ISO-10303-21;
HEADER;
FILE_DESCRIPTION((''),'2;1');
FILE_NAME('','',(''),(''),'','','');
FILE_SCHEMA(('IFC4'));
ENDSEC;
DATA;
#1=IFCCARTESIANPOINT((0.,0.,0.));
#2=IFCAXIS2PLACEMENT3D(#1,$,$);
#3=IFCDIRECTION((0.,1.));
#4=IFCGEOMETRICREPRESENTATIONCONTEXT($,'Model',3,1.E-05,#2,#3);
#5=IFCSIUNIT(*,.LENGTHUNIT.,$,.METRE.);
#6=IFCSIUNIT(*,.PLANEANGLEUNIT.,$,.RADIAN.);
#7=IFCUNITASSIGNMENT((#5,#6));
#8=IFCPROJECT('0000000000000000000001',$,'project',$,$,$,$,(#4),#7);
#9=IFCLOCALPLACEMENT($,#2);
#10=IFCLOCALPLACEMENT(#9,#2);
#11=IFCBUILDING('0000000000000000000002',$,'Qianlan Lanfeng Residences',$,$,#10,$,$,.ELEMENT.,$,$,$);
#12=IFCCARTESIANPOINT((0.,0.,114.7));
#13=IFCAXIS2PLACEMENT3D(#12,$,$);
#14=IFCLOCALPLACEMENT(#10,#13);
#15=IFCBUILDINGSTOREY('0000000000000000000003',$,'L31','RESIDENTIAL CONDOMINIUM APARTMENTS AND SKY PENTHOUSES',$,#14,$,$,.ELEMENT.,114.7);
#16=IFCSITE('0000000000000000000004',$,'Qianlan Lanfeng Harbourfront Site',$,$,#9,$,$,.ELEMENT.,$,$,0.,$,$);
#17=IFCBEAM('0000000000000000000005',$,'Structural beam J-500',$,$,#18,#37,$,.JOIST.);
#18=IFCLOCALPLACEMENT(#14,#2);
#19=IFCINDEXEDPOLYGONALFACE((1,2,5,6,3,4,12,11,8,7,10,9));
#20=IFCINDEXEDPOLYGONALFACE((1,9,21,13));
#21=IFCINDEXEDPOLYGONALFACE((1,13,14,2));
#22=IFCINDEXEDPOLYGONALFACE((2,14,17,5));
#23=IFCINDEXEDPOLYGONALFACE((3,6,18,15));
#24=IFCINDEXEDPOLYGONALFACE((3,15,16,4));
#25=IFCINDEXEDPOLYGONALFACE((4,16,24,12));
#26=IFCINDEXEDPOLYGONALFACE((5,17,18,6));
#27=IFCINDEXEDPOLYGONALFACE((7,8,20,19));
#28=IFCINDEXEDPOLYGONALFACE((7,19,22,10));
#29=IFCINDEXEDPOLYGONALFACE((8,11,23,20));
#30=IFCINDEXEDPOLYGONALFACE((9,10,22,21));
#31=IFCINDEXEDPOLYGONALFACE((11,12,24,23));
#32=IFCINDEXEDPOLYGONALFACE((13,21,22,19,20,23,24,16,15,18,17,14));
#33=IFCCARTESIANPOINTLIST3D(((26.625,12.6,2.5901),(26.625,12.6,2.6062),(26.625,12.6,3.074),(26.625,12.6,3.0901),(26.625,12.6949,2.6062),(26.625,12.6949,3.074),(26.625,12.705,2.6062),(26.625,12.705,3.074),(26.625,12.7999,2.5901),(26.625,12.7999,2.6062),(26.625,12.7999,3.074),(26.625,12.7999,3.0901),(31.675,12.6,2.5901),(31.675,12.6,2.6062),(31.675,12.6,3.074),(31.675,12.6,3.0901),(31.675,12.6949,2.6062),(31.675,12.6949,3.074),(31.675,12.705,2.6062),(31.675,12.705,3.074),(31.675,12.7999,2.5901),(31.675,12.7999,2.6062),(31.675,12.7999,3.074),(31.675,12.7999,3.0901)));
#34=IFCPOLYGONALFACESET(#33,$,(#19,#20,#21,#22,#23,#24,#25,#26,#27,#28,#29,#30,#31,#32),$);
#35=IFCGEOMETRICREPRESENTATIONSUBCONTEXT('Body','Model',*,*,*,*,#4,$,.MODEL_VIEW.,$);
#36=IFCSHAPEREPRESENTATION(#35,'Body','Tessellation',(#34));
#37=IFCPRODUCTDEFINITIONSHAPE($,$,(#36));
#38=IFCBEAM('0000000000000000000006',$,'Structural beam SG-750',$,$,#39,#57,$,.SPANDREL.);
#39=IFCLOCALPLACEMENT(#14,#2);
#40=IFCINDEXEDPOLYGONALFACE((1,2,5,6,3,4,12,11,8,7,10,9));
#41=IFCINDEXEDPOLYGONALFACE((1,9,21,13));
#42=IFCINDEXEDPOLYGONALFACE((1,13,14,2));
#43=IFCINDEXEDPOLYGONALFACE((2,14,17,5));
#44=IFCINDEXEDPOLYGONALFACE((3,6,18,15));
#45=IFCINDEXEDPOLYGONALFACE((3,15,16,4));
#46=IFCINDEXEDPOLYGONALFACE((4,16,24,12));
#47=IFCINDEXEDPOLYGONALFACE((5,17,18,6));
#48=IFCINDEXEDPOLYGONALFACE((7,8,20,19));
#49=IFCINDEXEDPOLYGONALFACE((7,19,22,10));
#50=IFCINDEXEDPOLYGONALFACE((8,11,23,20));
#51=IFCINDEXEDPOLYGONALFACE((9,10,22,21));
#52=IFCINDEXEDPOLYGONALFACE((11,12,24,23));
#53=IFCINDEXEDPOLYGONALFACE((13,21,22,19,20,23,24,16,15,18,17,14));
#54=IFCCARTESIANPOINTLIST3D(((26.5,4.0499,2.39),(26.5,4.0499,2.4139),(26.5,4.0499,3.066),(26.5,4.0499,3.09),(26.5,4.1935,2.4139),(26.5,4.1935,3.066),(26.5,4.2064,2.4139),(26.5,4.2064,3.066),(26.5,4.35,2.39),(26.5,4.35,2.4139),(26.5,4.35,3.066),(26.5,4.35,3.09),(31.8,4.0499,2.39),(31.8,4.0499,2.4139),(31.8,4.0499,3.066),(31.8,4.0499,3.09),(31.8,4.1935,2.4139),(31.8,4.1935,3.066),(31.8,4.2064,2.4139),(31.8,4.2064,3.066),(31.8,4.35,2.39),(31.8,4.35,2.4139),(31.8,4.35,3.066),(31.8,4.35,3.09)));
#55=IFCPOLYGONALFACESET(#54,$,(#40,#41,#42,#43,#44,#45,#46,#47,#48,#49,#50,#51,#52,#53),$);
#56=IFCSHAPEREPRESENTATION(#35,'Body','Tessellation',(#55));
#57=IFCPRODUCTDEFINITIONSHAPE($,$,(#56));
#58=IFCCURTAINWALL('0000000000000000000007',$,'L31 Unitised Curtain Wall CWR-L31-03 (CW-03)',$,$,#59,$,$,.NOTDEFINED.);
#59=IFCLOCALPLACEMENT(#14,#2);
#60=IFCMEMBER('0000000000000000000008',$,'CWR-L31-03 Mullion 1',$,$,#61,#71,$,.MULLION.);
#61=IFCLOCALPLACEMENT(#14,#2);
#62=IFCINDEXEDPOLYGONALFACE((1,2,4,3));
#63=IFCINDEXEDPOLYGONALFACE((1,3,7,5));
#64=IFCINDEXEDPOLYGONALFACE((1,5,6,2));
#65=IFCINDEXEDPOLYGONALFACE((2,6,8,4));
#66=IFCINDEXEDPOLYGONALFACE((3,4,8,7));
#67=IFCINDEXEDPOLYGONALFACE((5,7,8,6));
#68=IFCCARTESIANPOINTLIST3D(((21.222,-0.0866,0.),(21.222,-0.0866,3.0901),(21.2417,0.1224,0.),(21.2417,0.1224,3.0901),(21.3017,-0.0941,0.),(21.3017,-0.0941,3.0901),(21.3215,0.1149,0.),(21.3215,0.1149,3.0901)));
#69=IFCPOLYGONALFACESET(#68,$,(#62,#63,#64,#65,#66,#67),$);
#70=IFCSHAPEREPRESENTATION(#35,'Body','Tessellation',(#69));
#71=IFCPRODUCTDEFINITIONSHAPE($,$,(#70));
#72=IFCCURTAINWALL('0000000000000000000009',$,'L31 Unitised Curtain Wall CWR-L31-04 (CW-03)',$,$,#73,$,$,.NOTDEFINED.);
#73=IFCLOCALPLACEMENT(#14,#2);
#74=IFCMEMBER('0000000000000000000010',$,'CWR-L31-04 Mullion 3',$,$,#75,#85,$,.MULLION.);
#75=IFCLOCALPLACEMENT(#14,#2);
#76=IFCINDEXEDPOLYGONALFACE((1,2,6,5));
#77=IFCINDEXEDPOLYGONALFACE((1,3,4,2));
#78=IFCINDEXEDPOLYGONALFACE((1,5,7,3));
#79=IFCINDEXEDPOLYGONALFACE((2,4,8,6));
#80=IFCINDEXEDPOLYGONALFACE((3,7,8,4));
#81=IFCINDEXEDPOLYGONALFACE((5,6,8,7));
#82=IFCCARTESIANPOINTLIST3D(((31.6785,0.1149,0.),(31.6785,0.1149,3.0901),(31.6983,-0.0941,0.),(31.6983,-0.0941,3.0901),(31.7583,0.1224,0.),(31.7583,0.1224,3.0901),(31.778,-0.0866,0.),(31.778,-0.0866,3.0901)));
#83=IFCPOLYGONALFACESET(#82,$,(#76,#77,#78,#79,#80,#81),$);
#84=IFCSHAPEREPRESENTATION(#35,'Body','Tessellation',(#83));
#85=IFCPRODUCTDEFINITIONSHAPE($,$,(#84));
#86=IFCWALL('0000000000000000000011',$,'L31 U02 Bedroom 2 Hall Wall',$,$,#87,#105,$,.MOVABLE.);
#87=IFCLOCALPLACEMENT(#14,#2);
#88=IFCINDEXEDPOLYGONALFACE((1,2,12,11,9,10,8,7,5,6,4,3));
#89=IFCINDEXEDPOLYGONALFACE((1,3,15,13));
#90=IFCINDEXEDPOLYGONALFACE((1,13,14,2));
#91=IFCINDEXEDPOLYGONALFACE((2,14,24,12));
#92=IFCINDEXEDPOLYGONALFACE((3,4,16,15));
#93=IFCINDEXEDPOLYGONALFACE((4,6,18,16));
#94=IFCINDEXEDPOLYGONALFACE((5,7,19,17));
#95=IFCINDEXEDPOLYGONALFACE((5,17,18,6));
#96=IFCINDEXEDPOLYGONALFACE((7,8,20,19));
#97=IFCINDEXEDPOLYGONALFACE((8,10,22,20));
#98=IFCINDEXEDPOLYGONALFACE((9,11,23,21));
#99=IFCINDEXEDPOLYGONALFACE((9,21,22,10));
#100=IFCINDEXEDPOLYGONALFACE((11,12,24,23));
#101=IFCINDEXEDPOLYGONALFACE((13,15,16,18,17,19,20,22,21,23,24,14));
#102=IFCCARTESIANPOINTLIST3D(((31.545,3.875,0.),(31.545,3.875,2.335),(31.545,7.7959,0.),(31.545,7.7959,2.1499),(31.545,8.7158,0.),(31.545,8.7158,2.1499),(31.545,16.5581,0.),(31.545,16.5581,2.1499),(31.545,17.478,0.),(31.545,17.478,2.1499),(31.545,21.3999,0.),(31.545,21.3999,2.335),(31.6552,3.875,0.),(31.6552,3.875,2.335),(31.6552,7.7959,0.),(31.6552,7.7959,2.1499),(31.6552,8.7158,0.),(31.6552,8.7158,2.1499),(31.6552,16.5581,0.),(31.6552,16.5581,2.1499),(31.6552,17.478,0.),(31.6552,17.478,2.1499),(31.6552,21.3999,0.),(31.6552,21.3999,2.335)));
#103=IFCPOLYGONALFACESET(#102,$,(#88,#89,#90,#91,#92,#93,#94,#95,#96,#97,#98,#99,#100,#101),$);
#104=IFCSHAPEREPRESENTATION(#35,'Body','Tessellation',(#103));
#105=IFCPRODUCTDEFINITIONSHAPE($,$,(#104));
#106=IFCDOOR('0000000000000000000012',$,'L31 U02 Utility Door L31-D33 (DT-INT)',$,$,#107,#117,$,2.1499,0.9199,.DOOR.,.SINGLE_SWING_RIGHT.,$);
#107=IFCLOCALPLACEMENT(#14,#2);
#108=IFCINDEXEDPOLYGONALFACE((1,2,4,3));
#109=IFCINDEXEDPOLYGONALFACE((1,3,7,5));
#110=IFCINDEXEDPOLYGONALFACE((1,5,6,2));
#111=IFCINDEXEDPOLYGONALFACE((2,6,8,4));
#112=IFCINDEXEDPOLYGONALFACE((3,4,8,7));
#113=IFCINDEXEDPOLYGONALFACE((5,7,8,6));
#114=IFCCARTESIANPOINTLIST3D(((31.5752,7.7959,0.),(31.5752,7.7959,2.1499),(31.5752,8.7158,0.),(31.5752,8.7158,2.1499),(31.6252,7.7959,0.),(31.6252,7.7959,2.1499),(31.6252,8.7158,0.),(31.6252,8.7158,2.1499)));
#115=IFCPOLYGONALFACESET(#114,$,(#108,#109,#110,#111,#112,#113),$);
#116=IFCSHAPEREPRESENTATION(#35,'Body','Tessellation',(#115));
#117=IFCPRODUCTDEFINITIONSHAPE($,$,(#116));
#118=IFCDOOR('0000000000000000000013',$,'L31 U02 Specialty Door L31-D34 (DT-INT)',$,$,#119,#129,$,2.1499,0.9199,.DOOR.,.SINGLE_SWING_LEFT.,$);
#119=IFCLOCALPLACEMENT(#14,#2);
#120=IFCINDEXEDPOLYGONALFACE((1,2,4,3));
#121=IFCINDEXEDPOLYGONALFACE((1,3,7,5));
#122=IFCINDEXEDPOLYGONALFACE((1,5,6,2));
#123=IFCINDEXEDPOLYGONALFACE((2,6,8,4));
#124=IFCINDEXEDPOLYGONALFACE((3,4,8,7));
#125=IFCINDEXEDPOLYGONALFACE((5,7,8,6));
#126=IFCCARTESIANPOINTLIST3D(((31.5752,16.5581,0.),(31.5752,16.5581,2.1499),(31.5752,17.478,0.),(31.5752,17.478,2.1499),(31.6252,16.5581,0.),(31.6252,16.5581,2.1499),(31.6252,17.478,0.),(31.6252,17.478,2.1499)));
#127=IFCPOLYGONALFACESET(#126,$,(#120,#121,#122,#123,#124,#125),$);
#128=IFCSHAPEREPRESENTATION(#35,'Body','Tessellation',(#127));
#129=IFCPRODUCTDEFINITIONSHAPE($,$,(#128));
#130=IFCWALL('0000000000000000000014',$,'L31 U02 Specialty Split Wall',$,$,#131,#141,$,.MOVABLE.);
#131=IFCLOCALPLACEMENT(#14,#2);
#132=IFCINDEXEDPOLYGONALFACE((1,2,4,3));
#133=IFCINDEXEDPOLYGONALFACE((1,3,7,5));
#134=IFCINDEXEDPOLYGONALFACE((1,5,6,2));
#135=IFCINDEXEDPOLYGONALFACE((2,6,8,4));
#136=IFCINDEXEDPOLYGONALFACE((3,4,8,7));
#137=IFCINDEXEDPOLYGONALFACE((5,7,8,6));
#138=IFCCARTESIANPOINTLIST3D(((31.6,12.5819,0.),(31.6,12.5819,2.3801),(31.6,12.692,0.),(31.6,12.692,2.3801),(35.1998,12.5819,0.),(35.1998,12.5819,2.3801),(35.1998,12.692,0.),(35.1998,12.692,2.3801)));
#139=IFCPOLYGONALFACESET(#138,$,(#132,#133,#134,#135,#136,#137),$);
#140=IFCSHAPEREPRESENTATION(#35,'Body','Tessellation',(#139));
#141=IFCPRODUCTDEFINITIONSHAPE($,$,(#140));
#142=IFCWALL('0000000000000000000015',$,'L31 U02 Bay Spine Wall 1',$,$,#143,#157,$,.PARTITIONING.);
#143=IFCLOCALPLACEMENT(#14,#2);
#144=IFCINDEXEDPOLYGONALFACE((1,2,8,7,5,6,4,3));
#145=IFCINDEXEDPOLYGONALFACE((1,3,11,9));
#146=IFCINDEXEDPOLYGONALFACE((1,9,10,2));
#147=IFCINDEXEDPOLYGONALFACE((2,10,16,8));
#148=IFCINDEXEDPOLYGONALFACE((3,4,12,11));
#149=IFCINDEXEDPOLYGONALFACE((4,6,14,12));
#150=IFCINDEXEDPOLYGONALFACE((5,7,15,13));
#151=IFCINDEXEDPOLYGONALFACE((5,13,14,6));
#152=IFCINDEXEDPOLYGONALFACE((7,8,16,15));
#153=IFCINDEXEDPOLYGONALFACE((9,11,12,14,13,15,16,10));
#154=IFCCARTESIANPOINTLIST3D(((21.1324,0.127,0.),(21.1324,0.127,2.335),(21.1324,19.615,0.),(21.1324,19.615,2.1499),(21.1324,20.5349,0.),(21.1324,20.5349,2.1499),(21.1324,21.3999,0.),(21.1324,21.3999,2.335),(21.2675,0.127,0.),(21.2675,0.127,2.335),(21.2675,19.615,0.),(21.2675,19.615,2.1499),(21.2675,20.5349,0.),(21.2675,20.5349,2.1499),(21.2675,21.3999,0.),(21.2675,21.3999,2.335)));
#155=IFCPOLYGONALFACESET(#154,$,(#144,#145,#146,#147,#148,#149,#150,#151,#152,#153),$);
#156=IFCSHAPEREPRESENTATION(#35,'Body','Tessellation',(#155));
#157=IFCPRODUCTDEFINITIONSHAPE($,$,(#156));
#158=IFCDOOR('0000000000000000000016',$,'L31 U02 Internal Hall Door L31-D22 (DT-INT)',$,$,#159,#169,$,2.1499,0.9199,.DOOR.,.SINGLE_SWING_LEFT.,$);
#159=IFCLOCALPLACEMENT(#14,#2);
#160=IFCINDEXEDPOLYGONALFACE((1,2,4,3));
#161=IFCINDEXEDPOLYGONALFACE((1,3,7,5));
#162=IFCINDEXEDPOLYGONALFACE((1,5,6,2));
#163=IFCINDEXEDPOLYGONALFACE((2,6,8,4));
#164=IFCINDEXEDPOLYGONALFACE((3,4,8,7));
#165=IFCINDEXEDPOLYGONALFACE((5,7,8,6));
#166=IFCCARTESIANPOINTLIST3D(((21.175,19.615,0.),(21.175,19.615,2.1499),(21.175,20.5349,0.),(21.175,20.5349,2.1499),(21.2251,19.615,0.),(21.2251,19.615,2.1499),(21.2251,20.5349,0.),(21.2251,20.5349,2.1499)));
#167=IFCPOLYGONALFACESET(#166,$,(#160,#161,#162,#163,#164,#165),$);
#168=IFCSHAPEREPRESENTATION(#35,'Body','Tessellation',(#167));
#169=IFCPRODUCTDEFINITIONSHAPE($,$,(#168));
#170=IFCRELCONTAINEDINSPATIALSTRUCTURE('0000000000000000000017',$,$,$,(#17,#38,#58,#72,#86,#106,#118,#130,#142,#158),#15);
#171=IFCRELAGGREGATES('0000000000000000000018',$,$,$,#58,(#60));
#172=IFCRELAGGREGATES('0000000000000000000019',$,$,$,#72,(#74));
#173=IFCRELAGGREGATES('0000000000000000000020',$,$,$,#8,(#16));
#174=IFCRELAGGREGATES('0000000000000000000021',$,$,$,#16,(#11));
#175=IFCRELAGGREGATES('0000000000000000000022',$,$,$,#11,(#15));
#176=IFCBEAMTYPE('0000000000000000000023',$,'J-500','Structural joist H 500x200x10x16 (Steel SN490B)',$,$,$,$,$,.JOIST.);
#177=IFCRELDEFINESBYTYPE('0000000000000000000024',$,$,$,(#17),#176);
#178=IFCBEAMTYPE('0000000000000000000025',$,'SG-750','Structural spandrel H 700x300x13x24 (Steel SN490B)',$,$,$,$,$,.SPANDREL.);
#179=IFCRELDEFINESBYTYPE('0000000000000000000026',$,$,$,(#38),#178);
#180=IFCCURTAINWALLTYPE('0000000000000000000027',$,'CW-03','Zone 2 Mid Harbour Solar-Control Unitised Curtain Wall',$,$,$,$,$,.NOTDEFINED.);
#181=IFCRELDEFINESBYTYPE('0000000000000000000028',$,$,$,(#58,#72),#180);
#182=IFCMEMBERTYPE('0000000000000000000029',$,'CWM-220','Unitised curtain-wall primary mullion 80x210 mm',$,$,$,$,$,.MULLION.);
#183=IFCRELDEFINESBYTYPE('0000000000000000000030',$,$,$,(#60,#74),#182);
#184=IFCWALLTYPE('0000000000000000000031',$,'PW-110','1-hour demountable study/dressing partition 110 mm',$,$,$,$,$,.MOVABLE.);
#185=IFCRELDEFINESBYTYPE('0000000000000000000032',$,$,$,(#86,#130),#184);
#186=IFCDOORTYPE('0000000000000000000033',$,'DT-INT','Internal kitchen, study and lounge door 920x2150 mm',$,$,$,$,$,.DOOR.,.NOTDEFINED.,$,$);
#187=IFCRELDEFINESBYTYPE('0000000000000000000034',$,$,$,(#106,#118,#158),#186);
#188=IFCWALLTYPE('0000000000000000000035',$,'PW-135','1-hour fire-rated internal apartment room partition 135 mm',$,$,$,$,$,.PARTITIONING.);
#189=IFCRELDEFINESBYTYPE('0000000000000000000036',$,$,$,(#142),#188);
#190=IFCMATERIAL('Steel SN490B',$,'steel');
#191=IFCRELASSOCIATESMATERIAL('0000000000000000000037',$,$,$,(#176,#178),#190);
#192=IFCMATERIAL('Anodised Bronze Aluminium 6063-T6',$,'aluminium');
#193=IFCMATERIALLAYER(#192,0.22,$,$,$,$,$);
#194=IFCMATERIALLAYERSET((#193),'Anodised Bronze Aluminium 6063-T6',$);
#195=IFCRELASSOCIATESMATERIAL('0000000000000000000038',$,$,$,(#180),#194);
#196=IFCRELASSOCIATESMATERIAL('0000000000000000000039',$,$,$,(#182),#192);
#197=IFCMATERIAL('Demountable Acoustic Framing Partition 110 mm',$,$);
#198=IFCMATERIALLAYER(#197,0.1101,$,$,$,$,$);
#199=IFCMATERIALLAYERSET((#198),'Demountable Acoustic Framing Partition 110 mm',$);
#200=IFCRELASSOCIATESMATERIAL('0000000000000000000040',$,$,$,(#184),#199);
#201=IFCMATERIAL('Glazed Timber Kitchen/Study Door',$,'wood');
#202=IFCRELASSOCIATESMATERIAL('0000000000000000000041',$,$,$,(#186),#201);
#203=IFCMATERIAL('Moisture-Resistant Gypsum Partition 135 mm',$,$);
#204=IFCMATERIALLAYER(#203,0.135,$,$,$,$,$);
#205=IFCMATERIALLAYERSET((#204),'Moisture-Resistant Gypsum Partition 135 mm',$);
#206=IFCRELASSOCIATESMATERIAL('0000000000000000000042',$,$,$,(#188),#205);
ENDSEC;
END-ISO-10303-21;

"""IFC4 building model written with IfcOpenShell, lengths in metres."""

from ifc_helpers import new_model, si_unit, direction, frame, frame_2d, origin, origin_2d, place, context, subcontext, project, spatial, rectangle, i_section, extrude, source, transform, mapped, material, layer, layer_set, material_profile, profile_set, type_object, element, fill, aggregate, save


model = new_model("IFC4")

# Units and contexts
model_context = context("Model", 3, precision=1e-05, world=origin(), true_north=direction((0.0, 1.0)))
body_context = subcontext(model_context, "Body", "Model", "MODEL_VIEW")
ifc_project = project(units=[si_unit("LENGTHUNIT", "METRE"), si_unit("PLANEANGLEUNIT", "RADIAN")], contexts=[model_context])

# Site, building, storey
site_placement = place(None, origin())
site = spatial("IfcSite", under=ifc_project, at=site_placement, Name="Qianlan Lanfeng Harbourfront Site", CompositionType="ELEMENT", RefElevation=0.0)
building_placement = place(site_placement, origin())
building = spatial("IfcBuilding", under=site, at=building_placement, Name="Qianlan Lanfeng Residences", CompositionType="ELEMENT")
storey_placement = place(building_placement, frame((0.0, 0.0, 114.7)))
storey = spatial("IfcBuildingStorey", under=building, at=storey_placement, Name="L31", Description="RESIDENTIAL CONDOMINIUM APARTMENTS AND SKY PENTHOUSES", CompositionType="ELEMENT", Elevation=114.7)

# Shared definitions
ifc_material_1 = material(Name="Steel SN490B", Category="steel")

# Beams
ifc_material_profile_1 = material_profile(ifc_material_1, i_section(OverallWidth=0.2, OverallDepth=0.5, WebThickness=0.01, FlangeThickness=0.0161, at=origin_2d()), Name="H 500x200x10x16")
ifc_profile_set_1 = profile_set([ifc_material_profile_1], Name="Steel SN490B")
beam_type_1 = type_object("IfcBeamType", Name="J-500", Description="Structural joist H 500x200x10x16 (Steel SN490B)", PredefinedType="JOIST", material=ifc_profile_set_1)
for number, where, z_axis, x_axis, name in (
    (1, (26.625, 12.7, 2.8401), (1.0, 0.0, 0.0), (0.0, 1.0, 0.0), "Structural beam J-500"),
):
    element("IfcBeam", number, at=place(storey_placement, frame(where, z_axis=z_axis, x_axis=x_axis)), inside=storey, type_object=beam_type_1, Name=name, PredefinedType="JOIST", context=body_context, shape_type="SweptSolid", body=[
        extrude(i_section(OverallWidth=0.2, OverallDepth=0.5, WebThickness=0.01, FlangeThickness=0.0161, at=origin_2d()), origin(), (0.0, 0.0, 1.0), 5.05),
    ])
ifc_material_profile_2 = material_profile(ifc_material_1, i_section(OverallWidth=0.3, OverallDepth=0.7, WebThickness=0.0129, FlangeThickness=0.0239, at=origin_2d()), Name="H 700x300x13x24")
ifc_profile_set_2 = profile_set([ifc_material_profile_2], Name="Steel SN490B")
beam_type_2 = type_object("IfcBeamType", Name="SG-750", Description="Structural spandrel H 700x300x13x24 (Steel SN490B)", PredefinedType="SPANDREL", material=ifc_profile_set_2)
beam_1_placement = place(storey_placement, frame((26.5, 4.2, 2.74), z_axis=(1.0, 0.0, 0.0), x_axis=(0.0, 1.0, 0.0)))
element("IfcBeam", 2, at=beam_1_placement, inside=storey, type_object=beam_type_2, Name="Structural beam SG-750", PredefinedType="SPANDREL", context=body_context, shape_type="SweptSolid", body=[
    extrude(i_section(OverallWidth=0.3, OverallDepth=0.7, WebThickness=0.0129, FlangeThickness=0.0239, at=origin_2d()), origin(), (0.0, 0.0, 1.0), 5.3),
])

# Curtain walls, members
ifc_material_2 = material(Name="Anodised Bronze Aluminium 6063-T6", Category="aluminium")
ifc_layer_1 = layer(ifc_material_2, 0.22)
ifc_layer_set_1 = layer_set([ifc_layer_1], Name="Anodised Bronze Aluminium 6063-T6")
curtain_wall_type = type_object("IfcCurtainWallType", Name="CW-03", Description="Zone 2 Mid Harbour Solar-Control Unitised Curtain Wall", PredefinedType="NOTDEFINED", material=ifc_layer_set_1)
curtain_wall_1_placement = place(storey_placement, origin())
curtain_wall_1 = element("IfcCurtainWall", 3, at=curtain_wall_1_placement, inside=storey, type_object=curtain_wall_type, Name="L31 Unitised Curtain Wall CWR-L31-03 (CW-03)", PredefinedType="NOTDEFINED")
ifc_material_profile_3 = material_profile(ifc_material_2, rectangle(XDim=0.0801, YDim=0.21, at=origin_2d()), Name="ALU MULLION 80x210")
ifc_profile_set_3 = profile_set([ifc_material_profile_3], Name="Anodised Bronze Aluminium 6063-T6")
member_type = type_object("IfcMemberType", Name="CWM-220", Description="Unitised curtain-wall primary mullion 80x210 mm", PredefinedType="MULLION", material=ifc_profile_set_3)
shared_shape = source(origin(), body_context, "Body", "SweptSolid", [
    extrude(rectangle(XDim=0.0801, YDim=0.21, at=origin_2d()), origin(), (0.0, 0.0, 1.0), 3.0901),
])
member_1_placement = place(storey_placement, frame((21.2717, 0.0142, 0.0), z_axis=(0.0, 0.0, 1.0), x_axis=(0.995561, -0.094114, 0.0)))
member_1 = element("IfcMember", 4, at=member_1_placement, type_object=member_type, Name="CWR-L31-03 Mullion 1", PredefinedType="MULLION", context=body_context, shape_type="MappedRepresentation", body=[
    mapped(shared_shape, transform((0.0, 0.0, 0.0), scale=1.0)),
])
aggregate(curtain_wall_1, [member_1])
curtain_wall_2_placement = place(storey_placement, origin())
curtain_wall_2 = element("IfcCurtainWall", 5, at=curtain_wall_2_placement, inside=storey, type_object=curtain_wall_type, Name="L31 Unitised Curtain Wall CWR-L31-04 (CW-03)", PredefinedType="NOTDEFINED")
member_2_placement = place(storey_placement, frame((31.7283, 0.0142, 0.0), z_axis=(0.0, 0.0, 1.0), x_axis=(0.995561, 0.094114, 0.0)))
member_2 = element("IfcMember", 6, at=member_2_placement, type_object=member_type, Name="CWR-L31-04 Mullion 3", PredefinedType="MULLION", context=body_context, shape_type="MappedRepresentation", body=[
    mapped(shared_shape, transform((0.0, 0.0, 0.0), scale=1.0)),
])
aggregate(curtain_wall_2, [member_2])

# Shared definitions
ifc_material_3 = material(Name="Demountable Acoustic Framing Partition 110 mm")
ifc_layer_2 = layer(ifc_material_3, 0.1101)
ifc_layer_set_2 = layer_set([ifc_layer_2], Name="Demountable Acoustic Framing Partition 110 mm")
wall_type_1 = type_object("IfcWallType", Name="PW-110", Description="1-hour demountable study/dressing partition 110 mm", PredefinedType="MOVABLE", material=ifc_layer_set_2)
ifc_material_4 = material(Name="Glazed Timber Kitchen/Study Door", Category="wood")
door_type_1 = type_object("IfcDoorType", Name="DT-INT", Description="Internal kitchen, study and lounge door 920x2150 mm", OperationType="NOTDEFINED", PredefinedType="DOOR", material=ifc_material_4)

# Wall, openings, doors
wall_1_placement = place(storey_placement, frame((31.6001, 3.875, 0.0), z_axis=(0.0, 0.0, 1.0), x_axis=(0.0, 1.0, 0.0)))
wall_1 = element("IfcWall", 7, at=wall_1_placement, inside=storey, type_object=wall_type_1, Name="L31 U02 Bedroom 2 Hall Wall", PredefinedType="MOVABLE", context=body_context, shape_type="SweptSolid", body=[
    extrude(rectangle(XDim=17.5249, YDim=0.1101, at=frame_2d((8.7625, 0.0))), origin(), (0.0, 0.0, 1.0), 2.335),
])
opening_1_placement = place(wall_1_placement, frame((3.9209, 0.0, 0.0)))
opening_1 = element("IfcOpeningElement", 8, at=opening_1_placement, cuts=wall_1, PredefinedType="OPENING", context=body_context, shape_type="SweptSolid", body=[
    extrude(rectangle(XDim=0.9199, YDim=2.1499, at=frame_2d((0.46, 1.075))), frame((0.0, 0.0649, 0.0), z_axis=(0.0, -1.0, 0.0), x_axis=(1.0, 0.0, 0.0)), (0.0, 0.0, 1.0), 0.1301),
])
opening_2_placement = place(wall_1_placement, frame((12.6831, 0.0, 0.0)))
opening_2 = element("IfcOpeningElement", 9, at=opening_2_placement, cuts=wall_1, PredefinedType="OPENING", context=body_context, shape_type="SweptSolid", body=[
    extrude(rectangle(XDim=0.9199, YDim=2.1499, at=frame_2d((0.46, 1.075))), frame((0.0, 0.0649, 0.0), z_axis=(0.0, -1.0, 0.0), x_axis=(1.0, 0.0, 0.0)), (0.0, 0.0, 1.0), 0.1301),
])
door_1_placement = place(opening_1_placement, origin())
door_1 = element("IfcDoor", 10, at=door_1_placement, inside=storey, type_object=door_type_1, Name="L31 U02 Utility Door L31-D33 (DT-INT)", OperationType="SINGLE_SWING_RIGHT", OverallHeight=2.1499, OverallWidth=0.9199, PredefinedType="DOOR", context=body_context, shape_type="SweptSolid", body=[
    extrude(rectangle(XDim=0.9199, YDim=2.1499, at=frame_2d((0.46, 1.075))), frame((0.0, 0.0249, 0.0), z_axis=(0.0, -1.0, 0.0), x_axis=(1.0, 0.0, 0.0)), (0.0, 0.0, 1.0), 0.05),
])
fill(opening_1, door_1)
door_2_placement = place(opening_2_placement, origin())
door_2 = element("IfcDoor", 11, at=door_2_placement, inside=storey, type_object=door_type_1, Name="L31 U02 Specialty Door L31-D34 (DT-INT)", OperationType="SINGLE_SWING_LEFT", OverallHeight=2.1499, OverallWidth=0.9199, PredefinedType="DOOR", context=body_context, shape_type="SweptSolid", body=[
    extrude(rectangle(XDim=0.9199, YDim=2.1499, at=frame_2d((0.46, 1.075))), frame((0.0, 0.0249, 0.0), z_axis=(0.0, -1.0, 0.0), x_axis=(1.0, 0.0, 0.0)), (0.0, 0.0, 1.0), 0.05),
])
fill(opening_2, door_2)

# Wall
wall_2_placement = place(storey_placement, frame((31.6001, 12.637, 0.0), z_axis=(0.0, 0.0, 1.0), x_axis=(1.0, 0.0, 0.0)))
element("IfcWall", 12, at=wall_2_placement, inside=storey, type_object=wall_type_1, Name="L31 U02 Specialty Split Wall", PredefinedType="MOVABLE", context=body_context, shape_type="SweptSolid", body=[
    extrude(rectangle(XDim=3.5999, YDim=0.1101, at=frame_2d((1.7998, 0.0))), origin(), (0.0, 0.0, 1.0), 2.3801),
])

# Wall, opening, door
ifc_material_5 = material(Name="Moisture-Resistant Gypsum Partition 135 mm")
ifc_layer_3 = layer(ifc_material_5, 0.135)
ifc_layer_set_3 = layer_set([ifc_layer_3], Name="Moisture-Resistant Gypsum Partition 135 mm")
wall_type_2 = type_object("IfcWallType", Name="PW-135", Description="1-hour fire-rated internal apartment room partition 135 mm", PredefinedType="PARTITIONING", material=ifc_layer_set_3)
wall_3_placement = place(storey_placement, frame((21.2, 0.127, 0.0), z_axis=(0.0, 0.0, 1.0), x_axis=(0.0, 1.0, 0.0)))
wall_3 = element("IfcWall", 13, at=wall_3_placement, inside=storey, type_object=wall_type_2, Name="L31 U02 Bay Spine Wall 1", PredefinedType="PARTITIONING", context=body_context, shape_type="SweptSolid", body=[
    extrude(rectangle(XDim=21.2729, YDim=0.135, at=frame_2d((10.6365, 0.0))), origin(), (0.0, 0.0, 1.0), 2.335),
])
opening_3_placement = place(wall_3_placement, frame((19.488, 0.0, 0.0)))
opening_3 = element("IfcOpeningElement", 14, at=opening_3_placement, cuts=wall_3, PredefinedType="OPENING", context=body_context, shape_type="SweptSolid", body=[
    extrude(rectangle(XDim=0.9199, YDim=2.1499, at=frame_2d((0.46, 1.075))), frame((0.0, 0.0776, 0.0), z_axis=(0.0, -1.0, 0.0), x_axis=(1.0, 0.0, 0.0)), (0.0, 0.0, 1.0), 0.155),
])
door_3_placement = place(opening_3_placement, origin())
door_3 = element("IfcDoor", 15, at=door_3_placement, inside=storey, type_object=door_type_1, Name="L31 U02 Internal Hall Door L31-D22 (DT-INT)", OperationType="SINGLE_SWING_LEFT", OverallHeight=2.1499, OverallWidth=0.9199, PredefinedType="DOOR", context=body_context, shape_type="SweptSolid", body=[
    extrude(rectangle(XDim=0.9199, YDim=2.1499, at=frame_2d((0.46, 1.075))), frame((0.0, 0.0249, 0.0), z_axis=(0.0, -1.0, 0.0), x_axis=(1.0, 0.0, 0.0)), (0.0, 0.0, 1.0), 0.05),
])
fill(opening_3, door_3)

save(model, "model.ifc")
